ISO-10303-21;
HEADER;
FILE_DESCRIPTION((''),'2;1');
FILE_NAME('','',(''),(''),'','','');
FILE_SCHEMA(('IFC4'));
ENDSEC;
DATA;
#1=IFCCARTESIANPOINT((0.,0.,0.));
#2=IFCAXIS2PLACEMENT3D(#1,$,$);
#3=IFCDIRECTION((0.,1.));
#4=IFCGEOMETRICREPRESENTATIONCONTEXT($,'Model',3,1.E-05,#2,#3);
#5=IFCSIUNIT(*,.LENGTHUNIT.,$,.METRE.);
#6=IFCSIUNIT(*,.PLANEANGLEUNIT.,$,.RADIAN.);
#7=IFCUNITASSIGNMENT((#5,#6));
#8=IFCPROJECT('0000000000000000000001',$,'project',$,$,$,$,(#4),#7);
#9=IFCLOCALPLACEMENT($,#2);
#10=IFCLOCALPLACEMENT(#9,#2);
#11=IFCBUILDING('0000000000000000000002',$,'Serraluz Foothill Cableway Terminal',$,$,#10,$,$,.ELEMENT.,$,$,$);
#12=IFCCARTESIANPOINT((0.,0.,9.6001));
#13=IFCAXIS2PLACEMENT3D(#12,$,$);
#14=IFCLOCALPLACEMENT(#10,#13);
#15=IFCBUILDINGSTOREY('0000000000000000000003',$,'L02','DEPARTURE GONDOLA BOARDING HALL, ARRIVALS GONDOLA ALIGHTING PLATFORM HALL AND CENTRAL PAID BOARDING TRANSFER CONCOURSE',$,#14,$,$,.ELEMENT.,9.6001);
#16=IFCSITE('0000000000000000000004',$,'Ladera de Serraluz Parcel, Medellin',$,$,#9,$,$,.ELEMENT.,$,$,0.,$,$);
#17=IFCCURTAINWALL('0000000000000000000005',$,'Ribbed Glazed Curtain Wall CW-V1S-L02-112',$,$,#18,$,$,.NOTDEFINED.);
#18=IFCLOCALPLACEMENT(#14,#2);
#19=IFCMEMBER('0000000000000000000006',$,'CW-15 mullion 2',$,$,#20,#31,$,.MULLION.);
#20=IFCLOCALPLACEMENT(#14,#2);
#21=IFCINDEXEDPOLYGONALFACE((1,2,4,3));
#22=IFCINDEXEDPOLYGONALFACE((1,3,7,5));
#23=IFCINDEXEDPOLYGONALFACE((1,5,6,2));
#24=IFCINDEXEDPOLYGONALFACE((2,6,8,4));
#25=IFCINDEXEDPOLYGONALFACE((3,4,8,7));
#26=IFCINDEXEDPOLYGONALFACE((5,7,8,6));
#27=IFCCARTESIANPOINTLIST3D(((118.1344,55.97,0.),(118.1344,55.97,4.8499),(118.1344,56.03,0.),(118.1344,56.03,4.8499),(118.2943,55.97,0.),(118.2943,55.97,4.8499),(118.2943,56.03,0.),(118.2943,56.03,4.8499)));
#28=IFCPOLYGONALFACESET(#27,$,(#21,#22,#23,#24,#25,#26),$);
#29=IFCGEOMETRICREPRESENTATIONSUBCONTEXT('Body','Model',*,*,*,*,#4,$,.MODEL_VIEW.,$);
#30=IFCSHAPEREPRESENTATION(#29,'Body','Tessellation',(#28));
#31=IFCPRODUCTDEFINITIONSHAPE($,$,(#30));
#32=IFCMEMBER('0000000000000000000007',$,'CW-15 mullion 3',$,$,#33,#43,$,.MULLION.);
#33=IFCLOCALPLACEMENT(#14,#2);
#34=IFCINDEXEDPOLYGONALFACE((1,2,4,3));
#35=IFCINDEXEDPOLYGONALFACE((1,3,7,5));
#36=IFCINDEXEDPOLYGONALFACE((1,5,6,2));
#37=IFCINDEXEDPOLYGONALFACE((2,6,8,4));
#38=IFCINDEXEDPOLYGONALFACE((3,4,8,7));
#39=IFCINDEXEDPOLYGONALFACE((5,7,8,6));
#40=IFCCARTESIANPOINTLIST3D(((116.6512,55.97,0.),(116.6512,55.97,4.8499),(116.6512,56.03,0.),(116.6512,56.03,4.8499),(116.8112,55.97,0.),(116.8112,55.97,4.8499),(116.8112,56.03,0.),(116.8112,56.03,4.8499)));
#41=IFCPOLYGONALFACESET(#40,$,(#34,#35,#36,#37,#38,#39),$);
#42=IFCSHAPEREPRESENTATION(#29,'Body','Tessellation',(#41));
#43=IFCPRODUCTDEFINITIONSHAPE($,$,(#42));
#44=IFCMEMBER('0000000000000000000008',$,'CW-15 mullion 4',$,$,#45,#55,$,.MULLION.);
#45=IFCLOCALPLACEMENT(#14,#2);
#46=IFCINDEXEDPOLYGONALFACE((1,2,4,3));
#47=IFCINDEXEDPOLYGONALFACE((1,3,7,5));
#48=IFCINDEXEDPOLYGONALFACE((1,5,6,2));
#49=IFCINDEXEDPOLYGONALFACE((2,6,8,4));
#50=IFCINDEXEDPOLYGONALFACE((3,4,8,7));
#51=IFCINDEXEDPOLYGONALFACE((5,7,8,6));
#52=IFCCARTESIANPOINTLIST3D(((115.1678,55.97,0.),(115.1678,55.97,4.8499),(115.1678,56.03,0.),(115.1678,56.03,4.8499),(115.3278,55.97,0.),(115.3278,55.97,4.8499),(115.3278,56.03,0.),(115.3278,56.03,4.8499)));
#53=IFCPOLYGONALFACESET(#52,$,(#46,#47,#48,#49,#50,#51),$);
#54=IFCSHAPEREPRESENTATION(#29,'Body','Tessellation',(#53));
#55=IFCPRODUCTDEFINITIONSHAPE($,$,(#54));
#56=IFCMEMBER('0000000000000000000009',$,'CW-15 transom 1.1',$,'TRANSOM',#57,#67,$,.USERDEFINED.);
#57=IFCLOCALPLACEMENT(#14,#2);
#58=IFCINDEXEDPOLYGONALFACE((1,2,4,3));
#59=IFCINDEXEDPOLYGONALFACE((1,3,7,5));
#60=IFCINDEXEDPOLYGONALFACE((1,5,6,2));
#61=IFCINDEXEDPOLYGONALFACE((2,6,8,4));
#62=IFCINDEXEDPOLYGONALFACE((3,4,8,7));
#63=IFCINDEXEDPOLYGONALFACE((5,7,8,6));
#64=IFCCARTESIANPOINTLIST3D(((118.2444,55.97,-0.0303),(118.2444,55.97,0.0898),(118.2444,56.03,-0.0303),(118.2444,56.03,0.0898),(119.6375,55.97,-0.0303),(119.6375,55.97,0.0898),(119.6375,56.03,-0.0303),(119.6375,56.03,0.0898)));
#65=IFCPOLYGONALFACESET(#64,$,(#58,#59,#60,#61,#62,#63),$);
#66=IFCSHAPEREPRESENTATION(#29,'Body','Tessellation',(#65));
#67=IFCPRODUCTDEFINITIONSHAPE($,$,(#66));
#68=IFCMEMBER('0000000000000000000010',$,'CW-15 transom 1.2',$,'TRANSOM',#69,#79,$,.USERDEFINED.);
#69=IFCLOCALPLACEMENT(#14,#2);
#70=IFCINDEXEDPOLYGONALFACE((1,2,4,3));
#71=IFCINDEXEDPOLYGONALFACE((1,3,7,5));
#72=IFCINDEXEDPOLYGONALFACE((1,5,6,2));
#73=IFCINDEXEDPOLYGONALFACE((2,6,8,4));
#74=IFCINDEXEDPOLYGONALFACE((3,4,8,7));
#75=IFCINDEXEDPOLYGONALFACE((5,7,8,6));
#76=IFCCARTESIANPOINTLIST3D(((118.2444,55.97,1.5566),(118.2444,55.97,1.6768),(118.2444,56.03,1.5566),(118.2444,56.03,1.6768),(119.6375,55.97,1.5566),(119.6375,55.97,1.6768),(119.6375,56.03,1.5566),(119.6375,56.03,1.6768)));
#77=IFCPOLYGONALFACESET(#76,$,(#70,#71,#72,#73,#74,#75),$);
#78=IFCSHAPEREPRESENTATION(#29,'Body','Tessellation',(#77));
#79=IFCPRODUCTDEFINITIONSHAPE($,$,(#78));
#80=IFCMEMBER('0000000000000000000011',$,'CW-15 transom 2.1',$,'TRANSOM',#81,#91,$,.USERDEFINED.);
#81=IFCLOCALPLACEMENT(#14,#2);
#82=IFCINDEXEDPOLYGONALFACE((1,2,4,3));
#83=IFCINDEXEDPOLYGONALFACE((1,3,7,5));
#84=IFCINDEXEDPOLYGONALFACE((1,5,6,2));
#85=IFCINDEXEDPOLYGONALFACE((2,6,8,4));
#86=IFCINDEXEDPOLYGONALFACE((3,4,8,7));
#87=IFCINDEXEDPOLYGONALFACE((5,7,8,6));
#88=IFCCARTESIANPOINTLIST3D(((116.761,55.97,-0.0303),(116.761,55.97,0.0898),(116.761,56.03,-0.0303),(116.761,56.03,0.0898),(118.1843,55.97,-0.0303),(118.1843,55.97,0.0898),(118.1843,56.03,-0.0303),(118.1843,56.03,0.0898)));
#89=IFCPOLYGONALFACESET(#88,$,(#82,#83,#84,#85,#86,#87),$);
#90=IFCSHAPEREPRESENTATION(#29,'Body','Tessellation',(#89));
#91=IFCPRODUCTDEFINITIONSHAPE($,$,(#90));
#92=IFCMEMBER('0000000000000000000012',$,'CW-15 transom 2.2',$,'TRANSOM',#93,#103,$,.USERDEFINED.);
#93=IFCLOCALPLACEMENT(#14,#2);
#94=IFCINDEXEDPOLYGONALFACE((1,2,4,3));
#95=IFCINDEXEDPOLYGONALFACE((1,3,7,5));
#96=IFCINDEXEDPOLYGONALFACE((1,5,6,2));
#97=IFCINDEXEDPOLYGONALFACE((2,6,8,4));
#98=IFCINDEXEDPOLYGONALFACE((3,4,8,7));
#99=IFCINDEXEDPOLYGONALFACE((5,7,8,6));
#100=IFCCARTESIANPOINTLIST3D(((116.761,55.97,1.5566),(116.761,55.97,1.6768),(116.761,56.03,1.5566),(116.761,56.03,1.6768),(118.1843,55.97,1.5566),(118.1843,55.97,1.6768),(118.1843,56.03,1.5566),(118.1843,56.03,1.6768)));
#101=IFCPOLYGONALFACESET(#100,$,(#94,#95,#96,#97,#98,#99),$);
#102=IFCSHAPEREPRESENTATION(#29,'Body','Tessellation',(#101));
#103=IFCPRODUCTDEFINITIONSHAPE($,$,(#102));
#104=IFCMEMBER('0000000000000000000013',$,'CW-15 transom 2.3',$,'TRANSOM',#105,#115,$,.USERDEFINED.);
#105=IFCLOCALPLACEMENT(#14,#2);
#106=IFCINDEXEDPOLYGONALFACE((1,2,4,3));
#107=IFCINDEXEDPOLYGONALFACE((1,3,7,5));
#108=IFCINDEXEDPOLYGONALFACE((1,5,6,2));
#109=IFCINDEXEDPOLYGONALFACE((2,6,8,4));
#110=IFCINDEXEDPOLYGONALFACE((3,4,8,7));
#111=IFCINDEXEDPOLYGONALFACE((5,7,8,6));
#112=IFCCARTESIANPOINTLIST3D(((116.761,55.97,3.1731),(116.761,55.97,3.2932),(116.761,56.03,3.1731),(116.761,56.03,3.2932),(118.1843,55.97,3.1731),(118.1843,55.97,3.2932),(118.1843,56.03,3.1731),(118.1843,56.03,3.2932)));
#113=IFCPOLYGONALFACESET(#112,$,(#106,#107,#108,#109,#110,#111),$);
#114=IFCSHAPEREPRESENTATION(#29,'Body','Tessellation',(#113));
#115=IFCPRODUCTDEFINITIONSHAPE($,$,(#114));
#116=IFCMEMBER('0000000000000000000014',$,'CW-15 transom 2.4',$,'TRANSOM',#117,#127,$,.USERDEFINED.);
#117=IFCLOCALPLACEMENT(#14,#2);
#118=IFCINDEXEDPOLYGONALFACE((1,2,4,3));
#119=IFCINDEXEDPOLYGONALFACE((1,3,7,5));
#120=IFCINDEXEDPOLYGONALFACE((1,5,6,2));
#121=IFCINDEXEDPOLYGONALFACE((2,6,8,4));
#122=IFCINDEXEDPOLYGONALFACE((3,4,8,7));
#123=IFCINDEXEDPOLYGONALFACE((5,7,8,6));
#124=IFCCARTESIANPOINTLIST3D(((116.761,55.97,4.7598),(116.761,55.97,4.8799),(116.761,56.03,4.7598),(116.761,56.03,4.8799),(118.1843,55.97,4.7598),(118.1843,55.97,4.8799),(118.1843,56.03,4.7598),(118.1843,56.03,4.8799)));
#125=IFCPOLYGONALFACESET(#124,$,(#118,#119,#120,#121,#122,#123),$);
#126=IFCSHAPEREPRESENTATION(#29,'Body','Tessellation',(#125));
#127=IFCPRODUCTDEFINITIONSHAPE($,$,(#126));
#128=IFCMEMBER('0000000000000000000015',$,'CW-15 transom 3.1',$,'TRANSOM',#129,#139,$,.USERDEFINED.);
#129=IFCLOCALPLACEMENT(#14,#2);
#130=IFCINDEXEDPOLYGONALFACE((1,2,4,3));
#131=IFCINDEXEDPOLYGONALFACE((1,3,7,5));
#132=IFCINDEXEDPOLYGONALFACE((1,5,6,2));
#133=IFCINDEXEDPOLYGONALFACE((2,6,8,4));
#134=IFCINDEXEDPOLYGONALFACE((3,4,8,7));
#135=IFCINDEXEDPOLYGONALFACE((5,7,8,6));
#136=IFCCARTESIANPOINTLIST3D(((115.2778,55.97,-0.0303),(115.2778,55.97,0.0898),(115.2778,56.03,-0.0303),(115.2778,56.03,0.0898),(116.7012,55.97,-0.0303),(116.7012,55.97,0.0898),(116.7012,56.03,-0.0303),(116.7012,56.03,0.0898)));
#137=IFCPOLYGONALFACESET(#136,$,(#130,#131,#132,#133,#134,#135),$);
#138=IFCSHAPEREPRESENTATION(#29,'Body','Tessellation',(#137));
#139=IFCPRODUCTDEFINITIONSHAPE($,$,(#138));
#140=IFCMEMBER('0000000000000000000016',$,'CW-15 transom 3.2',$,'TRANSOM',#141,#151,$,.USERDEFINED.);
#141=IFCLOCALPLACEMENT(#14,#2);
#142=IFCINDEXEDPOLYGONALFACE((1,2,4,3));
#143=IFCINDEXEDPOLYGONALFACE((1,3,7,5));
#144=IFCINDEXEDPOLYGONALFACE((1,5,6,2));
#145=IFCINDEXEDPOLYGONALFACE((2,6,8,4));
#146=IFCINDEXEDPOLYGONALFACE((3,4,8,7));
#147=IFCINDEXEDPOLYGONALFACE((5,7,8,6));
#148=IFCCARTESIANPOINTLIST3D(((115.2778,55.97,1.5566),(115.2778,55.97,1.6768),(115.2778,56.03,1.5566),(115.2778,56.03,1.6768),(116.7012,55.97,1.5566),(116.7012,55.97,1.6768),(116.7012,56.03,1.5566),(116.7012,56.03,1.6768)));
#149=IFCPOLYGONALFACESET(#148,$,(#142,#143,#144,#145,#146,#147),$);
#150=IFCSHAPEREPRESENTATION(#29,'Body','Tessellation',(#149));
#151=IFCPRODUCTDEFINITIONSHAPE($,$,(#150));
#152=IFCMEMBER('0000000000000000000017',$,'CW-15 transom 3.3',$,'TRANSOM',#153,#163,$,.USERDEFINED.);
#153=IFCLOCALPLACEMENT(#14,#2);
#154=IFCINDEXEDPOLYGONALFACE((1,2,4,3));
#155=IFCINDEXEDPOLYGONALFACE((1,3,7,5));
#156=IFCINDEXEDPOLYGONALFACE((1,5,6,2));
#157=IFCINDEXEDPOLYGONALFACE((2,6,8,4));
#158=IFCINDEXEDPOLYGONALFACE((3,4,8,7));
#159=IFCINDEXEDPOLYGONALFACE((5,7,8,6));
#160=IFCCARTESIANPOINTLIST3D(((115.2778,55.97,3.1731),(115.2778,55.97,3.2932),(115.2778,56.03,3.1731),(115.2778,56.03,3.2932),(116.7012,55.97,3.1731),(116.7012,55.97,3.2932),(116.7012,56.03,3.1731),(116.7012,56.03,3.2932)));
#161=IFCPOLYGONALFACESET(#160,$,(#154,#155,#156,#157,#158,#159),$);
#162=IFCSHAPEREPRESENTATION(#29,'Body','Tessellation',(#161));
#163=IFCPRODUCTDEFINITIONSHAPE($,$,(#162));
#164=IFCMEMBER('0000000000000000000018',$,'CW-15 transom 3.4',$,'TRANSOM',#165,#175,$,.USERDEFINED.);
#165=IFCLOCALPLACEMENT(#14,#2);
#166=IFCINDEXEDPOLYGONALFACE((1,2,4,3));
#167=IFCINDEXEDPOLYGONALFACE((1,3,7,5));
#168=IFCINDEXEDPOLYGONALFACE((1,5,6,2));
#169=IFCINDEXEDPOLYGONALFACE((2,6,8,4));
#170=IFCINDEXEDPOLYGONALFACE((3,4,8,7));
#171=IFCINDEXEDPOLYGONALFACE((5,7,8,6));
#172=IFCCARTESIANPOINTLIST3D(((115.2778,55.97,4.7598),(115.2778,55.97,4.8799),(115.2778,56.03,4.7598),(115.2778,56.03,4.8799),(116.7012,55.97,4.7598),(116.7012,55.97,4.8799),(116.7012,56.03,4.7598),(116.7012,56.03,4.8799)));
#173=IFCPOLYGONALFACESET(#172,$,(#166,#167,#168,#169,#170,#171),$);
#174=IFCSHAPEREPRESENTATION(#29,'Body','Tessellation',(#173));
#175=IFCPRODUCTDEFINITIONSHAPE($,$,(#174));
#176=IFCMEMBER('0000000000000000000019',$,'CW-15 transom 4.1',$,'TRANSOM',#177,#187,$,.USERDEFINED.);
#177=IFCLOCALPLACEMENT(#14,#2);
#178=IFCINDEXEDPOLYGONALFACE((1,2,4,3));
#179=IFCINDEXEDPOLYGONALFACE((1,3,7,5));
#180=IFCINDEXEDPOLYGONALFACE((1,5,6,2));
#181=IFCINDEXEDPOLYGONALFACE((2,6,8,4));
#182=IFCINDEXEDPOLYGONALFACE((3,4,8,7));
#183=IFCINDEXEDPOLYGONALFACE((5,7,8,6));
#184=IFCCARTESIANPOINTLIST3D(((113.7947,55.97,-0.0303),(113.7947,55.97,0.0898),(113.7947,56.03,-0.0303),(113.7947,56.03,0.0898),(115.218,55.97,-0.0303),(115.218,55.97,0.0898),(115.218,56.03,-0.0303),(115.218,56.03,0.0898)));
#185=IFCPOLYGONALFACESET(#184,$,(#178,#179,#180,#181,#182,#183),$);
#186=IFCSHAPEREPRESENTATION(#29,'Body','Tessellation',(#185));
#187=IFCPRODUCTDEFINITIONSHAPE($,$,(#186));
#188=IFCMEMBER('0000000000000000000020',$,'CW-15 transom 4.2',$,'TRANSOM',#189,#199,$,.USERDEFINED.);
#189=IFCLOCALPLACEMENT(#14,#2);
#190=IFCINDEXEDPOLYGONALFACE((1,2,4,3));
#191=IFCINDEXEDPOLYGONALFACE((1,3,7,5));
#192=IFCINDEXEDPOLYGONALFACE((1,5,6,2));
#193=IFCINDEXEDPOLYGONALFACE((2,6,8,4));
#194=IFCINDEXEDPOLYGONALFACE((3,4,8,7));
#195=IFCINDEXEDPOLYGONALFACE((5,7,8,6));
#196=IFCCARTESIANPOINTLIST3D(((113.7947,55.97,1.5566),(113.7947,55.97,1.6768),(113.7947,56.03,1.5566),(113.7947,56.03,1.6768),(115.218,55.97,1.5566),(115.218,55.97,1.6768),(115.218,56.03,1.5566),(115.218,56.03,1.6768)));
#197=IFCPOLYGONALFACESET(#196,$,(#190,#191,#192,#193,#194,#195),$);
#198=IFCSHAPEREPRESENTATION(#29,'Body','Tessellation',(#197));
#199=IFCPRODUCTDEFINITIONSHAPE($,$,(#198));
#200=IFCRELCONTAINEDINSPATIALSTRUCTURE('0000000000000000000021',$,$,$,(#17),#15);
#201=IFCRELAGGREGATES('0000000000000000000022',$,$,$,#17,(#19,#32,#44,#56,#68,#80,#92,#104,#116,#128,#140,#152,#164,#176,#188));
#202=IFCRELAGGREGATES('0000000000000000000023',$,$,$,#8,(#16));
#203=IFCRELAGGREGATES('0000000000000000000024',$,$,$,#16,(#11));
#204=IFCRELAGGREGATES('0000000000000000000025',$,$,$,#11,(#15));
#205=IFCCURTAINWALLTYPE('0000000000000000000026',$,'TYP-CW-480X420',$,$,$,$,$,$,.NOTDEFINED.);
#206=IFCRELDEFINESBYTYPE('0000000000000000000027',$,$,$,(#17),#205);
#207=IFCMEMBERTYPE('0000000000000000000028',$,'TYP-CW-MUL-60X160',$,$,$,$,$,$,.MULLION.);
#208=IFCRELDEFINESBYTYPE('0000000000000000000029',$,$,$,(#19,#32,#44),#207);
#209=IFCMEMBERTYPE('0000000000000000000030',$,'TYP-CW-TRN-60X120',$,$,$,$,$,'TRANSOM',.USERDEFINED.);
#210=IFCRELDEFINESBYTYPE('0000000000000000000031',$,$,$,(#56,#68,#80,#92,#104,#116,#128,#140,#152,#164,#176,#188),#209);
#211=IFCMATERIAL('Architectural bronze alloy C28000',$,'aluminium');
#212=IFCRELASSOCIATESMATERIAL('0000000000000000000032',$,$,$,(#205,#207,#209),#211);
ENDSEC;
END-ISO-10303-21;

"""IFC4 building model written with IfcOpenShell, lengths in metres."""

from ifc_helpers import new_model, si_unit, direction, frame, origin, origin_2d, place, context, subcontext, project, spatial, rectangle, extrude, material, material_profile, profile_set, type_object, element, aggregate, save


model = new_model("IFC4")

# Units and contexts
model_context = context("Model", 3, precision=1e-05, world=origin(), true_north=direction((0.0, 1.0)))
body_context = subcontext(model_context, "Body", "Model", "MODEL_VIEW")
ifc_project = project(units=[si_unit("LENGTHUNIT", "METRE"), si_unit("PLANEANGLEUNIT", "RADIAN")], contexts=[model_context])

# Site, building, storey
site_placement = place(None, origin())
site = spatial("IfcSite", under=ifc_project, at=site_placement, Name="Ladera de Serraluz Parcel, Medellin", CompositionType="ELEMENT", RefElevation=0.0)
building_placement = place(site_placement, origin())
building = spatial("IfcBuilding", under=site, at=building_placement, Name="Serraluz Foothill Cableway Terminal", CompositionType="ELEMENT")
storey_placement = place(building_placement, frame((0.0, 0.0, 9.6001)))
storey = spatial("IfcBuildingStorey", under=building, at=storey_placement, Name="L02", Description="DEPARTURE GONDOLA BOARDING HALL, ARRIVALS GONDOLA ALIGHTING PLATFORM HALL AND CENTRAL PAID BOARDING TRANSFER CONCOURSE", CompositionType="ELEMENT", Elevation=9.6001)

# Curtain wall, members
ifc_material_1 = material(Name="Architectural bronze alloy C28000", Category="aluminium")
curtain_wall_type = type_object("IfcCurtainWallType", Name="TYP-CW-480X420", PredefinedType="NOTDEFINED", material=ifc_material_1)
curtain_wall_placement = place(storey_placement, origin())
curtain_wall = element("IfcCurtainWall", 1, at=curtain_wall_placement, inside=storey, type_object=curtain_wall_type, Name="Ribbed Glazed Curtain Wall CW-V1S-L02-112", PredefinedType="NOTDEFINED")
ifc_material_profile_1 = material_profile(ifc_material_1, rectangle(XDim=0.0601, YDim=0.1599, at=origin_2d()), Name="ALU MULLION 60x160")
ifc_profile_set_1 = profile_set([ifc_material_profile_1], Name="Architectural bronze alloy C28000")
member_type_1 = type_object("IfcMemberType", Name="TYP-CW-MUL-60X160", PredefinedType="MULLION", material=ifc_profile_set_1)
member_1_placement = place(storey_placement, frame((118.2144, 56.0, 0.0), z_axis=(0.0, 0.0, 1.0), x_axis=(0.0, -1.0, 0.0)))
member_1 = element("IfcMember", 2, at=member_1_placement, type_object=member_type_1, Name="CW-15 mullion 2", PredefinedType="MULLION", context=body_context, shape_type="SweptSolid", body=[
    extrude(rectangle(XDim=0.0601, YDim=0.1599, at=origin_2d()), origin(), (0.0, 0.0, 1.0), 4.8499),
])
member_2_placement = place(storey_placement, frame((116.7312, 56.0, 0.0), z_axis=(0.0, 0.0, 1.0), x_axis=(0.0, -1.0, 0.0)))
member_2 = element("IfcMember", 3, at=member_2_placement, type_object=member_type_1, Name="CW-15 mullion 3", PredefinedType="MULLION", context=body_context, shape_type="SweptSolid", body=[
    extrude(rectangle(XDim=0.0601, YDim=0.1599, at=origin_2d()), origin(), (0.0, 0.0, 1.0), 4.8499),
])
member_3_placement = place(storey_placement, frame((115.2478, 56.0, 0.0), z_axis=(0.0, 0.0, 1.0), x_axis=(0.0, -1.0, 0.0)))
member_3 = element("IfcMember", 4, at=member_3_placement, type_object=member_type_1, Name="CW-15 mullion 4", PredefinedType="MULLION", context=body_context, shape_type="SweptSolid", body=[
    extrude(rectangle(XDim=0.0601, YDim=0.1599, at=origin_2d()), origin(), (0.0, 0.0, 1.0), 4.8499),
])
ifc_material_profile_2 = material_profile(ifc_material_1, rectangle(XDim=0.0601, YDim=0.1201, at=origin_2d()), Name="ALU TRANSOM 60x120")
ifc_profile_set_2 = profile_set([ifc_material_profile_2], Name="Architectural bronze alloy C28000")
member_type_2 = type_object("IfcMemberType", Name="TYP-CW-TRN-60X120", ElementType="TRANSOM", PredefinedType="USERDEFINED", material=ifc_profile_set_2)
member_4_placement = place(storey_placement, frame((119.6375, 56.0, 0.0298), z_axis=(-1.0, 0.0, 0.0), x_axis=(0.0, -1.0, 0.0)))
member_4 = element("IfcMember", 5, at=member_4_placement, type_object=member_type_2, Name="CW-15 transom 1.1", ObjectType="TRANSOM", PredefinedType="USERDEFINED", context=body_context, shape_type="SweptSolid", body=[
    extrude(rectangle(XDim=0.0601, YDim=0.1201, at=origin_2d()), origin(), (0.0, 0.0, 1.0), 1.3931),
])
member_5_placement = place(storey_placement, frame((119.6375, 56.0, 1.6167), z_axis=(-1.0, 0.0, 0.0), x_axis=(0.0, -1.0, 0.0)))
member_5 = element("IfcMember", 6, at=member_5_placement, type_object=member_type_2, Name="CW-15 transom 1.2", ObjectType="TRANSOM", PredefinedType="USERDEFINED", context=body_context, shape_type="SweptSolid", body=[
    extrude(rectangle(XDim=0.0601, YDim=0.1201, at=origin_2d()), origin(), (0.0, 0.0, 1.0), 1.3931),
])
member_6_placement = place(storey_placement, frame((118.1843, 56.0, 0.0298), z_axis=(-1.0, 0.0, 0.0), x_axis=(0.0, -1.0, 0.0)))
member_6 = element("IfcMember", 7, at=member_6_placement, type_object=member_type_2, Name="CW-15 transom 2.1", ObjectType="TRANSOM", PredefinedType="USERDEFINED", context=body_context, shape_type="SweptSolid", body=[
    extrude(rectangle(XDim=0.0601, YDim=0.1201, at=origin_2d()), origin(), (0.0, 0.0, 1.0), 1.4233),
])
member_7_placement = place(storey_placement, frame((118.1843, 56.0, 1.6167), z_axis=(-1.0, 0.0, 0.0), x_axis=(0.0, -1.0, 0.0)))
member_7 = element("IfcMember", 8, at=member_7_placement, type_object=member_type_2, Name="CW-15 transom 2.2", ObjectType="TRANSOM", PredefinedType="USERDEFINED", context=body_context, shape_type="SweptSolid", body=[
    extrude(rectangle(XDim=0.0601, YDim=0.1201, at=origin_2d()), origin(), (0.0, 0.0, 1.0), 1.4233),
])
member_8_placement = place(storey_placement, frame((118.1843, 56.0, 3.2332), z_axis=(-1.0, 0.0, 0.0), x_axis=(0.0, -1.0, 0.0)))
member_8 = element("IfcMember", 9, at=member_8_placement, type_object=member_type_2, Name="CW-15 transom 2.3", ObjectType="TRANSOM", PredefinedType="USERDEFINED", context=body_context, shape_type="SweptSolid", body=[
    extrude(rectangle(XDim=0.0601, YDim=0.1201, at=origin_2d()), origin(), (0.0, 0.0, 1.0), 1.4233),
])
member_9_placement = place(storey_placement, frame((118.1843, 56.0, 4.8198), z_axis=(-1.0, 0.0, 0.0), x_axis=(0.0, -1.0, 0.0)))
member_9 = element("IfcMember", 10, at=member_9_placement, type_object=member_type_2, Name="CW-15 transom 2.4", ObjectType="TRANSOM", PredefinedType="USERDEFINED", context=body_context, shape_type="SweptSolid", body=[
    extrude(rectangle(XDim=0.0601, YDim=0.1201, at=origin_2d()), origin(), (0.0, 0.0, 1.0), 1.4233),
])
member_10_placement = place(storey_placement, frame((116.7012, 56.0, 0.0298), z_axis=(-1.0, 0.0, 0.0), x_axis=(0.0, -1.0, 0.0)))
member_10 = element("IfcMember", 11, at=member_10_placement, type_object=member_type_2, Name="CW-15 transom 3.1", ObjectType="TRANSOM", PredefinedType="USERDEFINED", context=body_context, shape_type="SweptSolid", body=[
    extrude(rectangle(XDim=0.0601, YDim=0.1201, at=origin_2d()), origin(), (0.0, 0.0, 1.0), 1.4233),
])
member_11_placement = place(storey_placement, frame((116.7012, 56.0, 1.6167), z_axis=(-1.0, 0.0, 0.0), x_axis=(0.0, -1.0, 0.0)))
member_11 = element("IfcMember", 12, at=member_11_placement, type_object=member_type_2, Name="CW-15 transom 3.2", ObjectType="TRANSOM", PredefinedType="USERDEFINED", context=body_context, shape_type="SweptSolid", body=[
    extrude(rectangle(XDim=0.0601, YDim=0.1201, at=origin_2d()), origin(), (0.0, 0.0, 1.0), 1.4233),
])
member_12_placement = place(storey_placement, frame((116.7012, 56.0, 3.2332), z_axis=(-1.0, 0.0, 0.0), x_axis=(0.0, -1.0, 0.0)))
member_12 = element("IfcMember", 13, at=member_12_placement, type_object=member_type_2, Name="CW-15 transom 3.3", ObjectType="TRANSOM", PredefinedType="USERDEFINED", context=body_context, shape_type="SweptSolid", body=[
    extrude(rectangle(XDim=0.0601, YDim=0.1201, at=origin_2d()), origin(), (0.0, 0.0, 1.0), 1.4233),
])
member_13_placement = place(storey_placement, frame((116.7012, 56.0, 4.8198), z_axis=(-1.0, 0.0, 0.0), x_axis=(0.0, -1.0, 0.0)))
member_13 = element("IfcMember", 14, at=member_13_placement, type_object=member_type_2, Name="CW-15 transom 3.4", ObjectType="TRANSOM", PredefinedType="USERDEFINED", context=body_context, shape_type="SweptSolid", body=[
    extrude(rectangle(XDim=0.0601, YDim=0.1201, at=origin_2d()), origin(), (0.0, 0.0, 1.0), 1.4233),
])
member_14_placement = place(storey_placement, frame((115.218, 56.0, 0.0298), z_axis=(-1.0, 0.0, 0.0), x_axis=(0.0, -1.0, 0.0)))
member_14 = element("IfcMember", 15, at=member_14_placement, type_object=member_type_2, Name="CW-15 transom 4.1", ObjectType="TRANSOM", PredefinedType="USERDEFINED", context=body_context, shape_type="SweptSolid", body=[
    extrude(rectangle(XDim=0.0601, YDim=0.1201, at=origin_2d()), origin(), (0.0, 0.0, 1.0), 1.4233),
])
member_15_placement = place(storey_placement, frame((115.218, 56.0, 1.6167), z_axis=(-1.0, 0.0, 0.0), x_axis=(0.0, -1.0, 0.0)))
member_15 = element("IfcMember", 16, at=member_15_placement, type_object=member_type_2, Name="CW-15 transom 4.2", ObjectType="TRANSOM", PredefinedType="USERDEFINED", context=body_context, shape_type="SweptSolid", body=[
    extrude(rectangle(XDim=0.0601, YDim=0.1201, at=origin_2d()), origin(), (0.0, 0.0, 1.0), 1.4233),
])
aggregate(curtain_wall, [member_1, member_2, member_3, member_4, member_5, member_6, member_7, member_8, member_9, member_10, member_11, member_12, member_13, member_14, member_15])

save(model, "model.ifc")
